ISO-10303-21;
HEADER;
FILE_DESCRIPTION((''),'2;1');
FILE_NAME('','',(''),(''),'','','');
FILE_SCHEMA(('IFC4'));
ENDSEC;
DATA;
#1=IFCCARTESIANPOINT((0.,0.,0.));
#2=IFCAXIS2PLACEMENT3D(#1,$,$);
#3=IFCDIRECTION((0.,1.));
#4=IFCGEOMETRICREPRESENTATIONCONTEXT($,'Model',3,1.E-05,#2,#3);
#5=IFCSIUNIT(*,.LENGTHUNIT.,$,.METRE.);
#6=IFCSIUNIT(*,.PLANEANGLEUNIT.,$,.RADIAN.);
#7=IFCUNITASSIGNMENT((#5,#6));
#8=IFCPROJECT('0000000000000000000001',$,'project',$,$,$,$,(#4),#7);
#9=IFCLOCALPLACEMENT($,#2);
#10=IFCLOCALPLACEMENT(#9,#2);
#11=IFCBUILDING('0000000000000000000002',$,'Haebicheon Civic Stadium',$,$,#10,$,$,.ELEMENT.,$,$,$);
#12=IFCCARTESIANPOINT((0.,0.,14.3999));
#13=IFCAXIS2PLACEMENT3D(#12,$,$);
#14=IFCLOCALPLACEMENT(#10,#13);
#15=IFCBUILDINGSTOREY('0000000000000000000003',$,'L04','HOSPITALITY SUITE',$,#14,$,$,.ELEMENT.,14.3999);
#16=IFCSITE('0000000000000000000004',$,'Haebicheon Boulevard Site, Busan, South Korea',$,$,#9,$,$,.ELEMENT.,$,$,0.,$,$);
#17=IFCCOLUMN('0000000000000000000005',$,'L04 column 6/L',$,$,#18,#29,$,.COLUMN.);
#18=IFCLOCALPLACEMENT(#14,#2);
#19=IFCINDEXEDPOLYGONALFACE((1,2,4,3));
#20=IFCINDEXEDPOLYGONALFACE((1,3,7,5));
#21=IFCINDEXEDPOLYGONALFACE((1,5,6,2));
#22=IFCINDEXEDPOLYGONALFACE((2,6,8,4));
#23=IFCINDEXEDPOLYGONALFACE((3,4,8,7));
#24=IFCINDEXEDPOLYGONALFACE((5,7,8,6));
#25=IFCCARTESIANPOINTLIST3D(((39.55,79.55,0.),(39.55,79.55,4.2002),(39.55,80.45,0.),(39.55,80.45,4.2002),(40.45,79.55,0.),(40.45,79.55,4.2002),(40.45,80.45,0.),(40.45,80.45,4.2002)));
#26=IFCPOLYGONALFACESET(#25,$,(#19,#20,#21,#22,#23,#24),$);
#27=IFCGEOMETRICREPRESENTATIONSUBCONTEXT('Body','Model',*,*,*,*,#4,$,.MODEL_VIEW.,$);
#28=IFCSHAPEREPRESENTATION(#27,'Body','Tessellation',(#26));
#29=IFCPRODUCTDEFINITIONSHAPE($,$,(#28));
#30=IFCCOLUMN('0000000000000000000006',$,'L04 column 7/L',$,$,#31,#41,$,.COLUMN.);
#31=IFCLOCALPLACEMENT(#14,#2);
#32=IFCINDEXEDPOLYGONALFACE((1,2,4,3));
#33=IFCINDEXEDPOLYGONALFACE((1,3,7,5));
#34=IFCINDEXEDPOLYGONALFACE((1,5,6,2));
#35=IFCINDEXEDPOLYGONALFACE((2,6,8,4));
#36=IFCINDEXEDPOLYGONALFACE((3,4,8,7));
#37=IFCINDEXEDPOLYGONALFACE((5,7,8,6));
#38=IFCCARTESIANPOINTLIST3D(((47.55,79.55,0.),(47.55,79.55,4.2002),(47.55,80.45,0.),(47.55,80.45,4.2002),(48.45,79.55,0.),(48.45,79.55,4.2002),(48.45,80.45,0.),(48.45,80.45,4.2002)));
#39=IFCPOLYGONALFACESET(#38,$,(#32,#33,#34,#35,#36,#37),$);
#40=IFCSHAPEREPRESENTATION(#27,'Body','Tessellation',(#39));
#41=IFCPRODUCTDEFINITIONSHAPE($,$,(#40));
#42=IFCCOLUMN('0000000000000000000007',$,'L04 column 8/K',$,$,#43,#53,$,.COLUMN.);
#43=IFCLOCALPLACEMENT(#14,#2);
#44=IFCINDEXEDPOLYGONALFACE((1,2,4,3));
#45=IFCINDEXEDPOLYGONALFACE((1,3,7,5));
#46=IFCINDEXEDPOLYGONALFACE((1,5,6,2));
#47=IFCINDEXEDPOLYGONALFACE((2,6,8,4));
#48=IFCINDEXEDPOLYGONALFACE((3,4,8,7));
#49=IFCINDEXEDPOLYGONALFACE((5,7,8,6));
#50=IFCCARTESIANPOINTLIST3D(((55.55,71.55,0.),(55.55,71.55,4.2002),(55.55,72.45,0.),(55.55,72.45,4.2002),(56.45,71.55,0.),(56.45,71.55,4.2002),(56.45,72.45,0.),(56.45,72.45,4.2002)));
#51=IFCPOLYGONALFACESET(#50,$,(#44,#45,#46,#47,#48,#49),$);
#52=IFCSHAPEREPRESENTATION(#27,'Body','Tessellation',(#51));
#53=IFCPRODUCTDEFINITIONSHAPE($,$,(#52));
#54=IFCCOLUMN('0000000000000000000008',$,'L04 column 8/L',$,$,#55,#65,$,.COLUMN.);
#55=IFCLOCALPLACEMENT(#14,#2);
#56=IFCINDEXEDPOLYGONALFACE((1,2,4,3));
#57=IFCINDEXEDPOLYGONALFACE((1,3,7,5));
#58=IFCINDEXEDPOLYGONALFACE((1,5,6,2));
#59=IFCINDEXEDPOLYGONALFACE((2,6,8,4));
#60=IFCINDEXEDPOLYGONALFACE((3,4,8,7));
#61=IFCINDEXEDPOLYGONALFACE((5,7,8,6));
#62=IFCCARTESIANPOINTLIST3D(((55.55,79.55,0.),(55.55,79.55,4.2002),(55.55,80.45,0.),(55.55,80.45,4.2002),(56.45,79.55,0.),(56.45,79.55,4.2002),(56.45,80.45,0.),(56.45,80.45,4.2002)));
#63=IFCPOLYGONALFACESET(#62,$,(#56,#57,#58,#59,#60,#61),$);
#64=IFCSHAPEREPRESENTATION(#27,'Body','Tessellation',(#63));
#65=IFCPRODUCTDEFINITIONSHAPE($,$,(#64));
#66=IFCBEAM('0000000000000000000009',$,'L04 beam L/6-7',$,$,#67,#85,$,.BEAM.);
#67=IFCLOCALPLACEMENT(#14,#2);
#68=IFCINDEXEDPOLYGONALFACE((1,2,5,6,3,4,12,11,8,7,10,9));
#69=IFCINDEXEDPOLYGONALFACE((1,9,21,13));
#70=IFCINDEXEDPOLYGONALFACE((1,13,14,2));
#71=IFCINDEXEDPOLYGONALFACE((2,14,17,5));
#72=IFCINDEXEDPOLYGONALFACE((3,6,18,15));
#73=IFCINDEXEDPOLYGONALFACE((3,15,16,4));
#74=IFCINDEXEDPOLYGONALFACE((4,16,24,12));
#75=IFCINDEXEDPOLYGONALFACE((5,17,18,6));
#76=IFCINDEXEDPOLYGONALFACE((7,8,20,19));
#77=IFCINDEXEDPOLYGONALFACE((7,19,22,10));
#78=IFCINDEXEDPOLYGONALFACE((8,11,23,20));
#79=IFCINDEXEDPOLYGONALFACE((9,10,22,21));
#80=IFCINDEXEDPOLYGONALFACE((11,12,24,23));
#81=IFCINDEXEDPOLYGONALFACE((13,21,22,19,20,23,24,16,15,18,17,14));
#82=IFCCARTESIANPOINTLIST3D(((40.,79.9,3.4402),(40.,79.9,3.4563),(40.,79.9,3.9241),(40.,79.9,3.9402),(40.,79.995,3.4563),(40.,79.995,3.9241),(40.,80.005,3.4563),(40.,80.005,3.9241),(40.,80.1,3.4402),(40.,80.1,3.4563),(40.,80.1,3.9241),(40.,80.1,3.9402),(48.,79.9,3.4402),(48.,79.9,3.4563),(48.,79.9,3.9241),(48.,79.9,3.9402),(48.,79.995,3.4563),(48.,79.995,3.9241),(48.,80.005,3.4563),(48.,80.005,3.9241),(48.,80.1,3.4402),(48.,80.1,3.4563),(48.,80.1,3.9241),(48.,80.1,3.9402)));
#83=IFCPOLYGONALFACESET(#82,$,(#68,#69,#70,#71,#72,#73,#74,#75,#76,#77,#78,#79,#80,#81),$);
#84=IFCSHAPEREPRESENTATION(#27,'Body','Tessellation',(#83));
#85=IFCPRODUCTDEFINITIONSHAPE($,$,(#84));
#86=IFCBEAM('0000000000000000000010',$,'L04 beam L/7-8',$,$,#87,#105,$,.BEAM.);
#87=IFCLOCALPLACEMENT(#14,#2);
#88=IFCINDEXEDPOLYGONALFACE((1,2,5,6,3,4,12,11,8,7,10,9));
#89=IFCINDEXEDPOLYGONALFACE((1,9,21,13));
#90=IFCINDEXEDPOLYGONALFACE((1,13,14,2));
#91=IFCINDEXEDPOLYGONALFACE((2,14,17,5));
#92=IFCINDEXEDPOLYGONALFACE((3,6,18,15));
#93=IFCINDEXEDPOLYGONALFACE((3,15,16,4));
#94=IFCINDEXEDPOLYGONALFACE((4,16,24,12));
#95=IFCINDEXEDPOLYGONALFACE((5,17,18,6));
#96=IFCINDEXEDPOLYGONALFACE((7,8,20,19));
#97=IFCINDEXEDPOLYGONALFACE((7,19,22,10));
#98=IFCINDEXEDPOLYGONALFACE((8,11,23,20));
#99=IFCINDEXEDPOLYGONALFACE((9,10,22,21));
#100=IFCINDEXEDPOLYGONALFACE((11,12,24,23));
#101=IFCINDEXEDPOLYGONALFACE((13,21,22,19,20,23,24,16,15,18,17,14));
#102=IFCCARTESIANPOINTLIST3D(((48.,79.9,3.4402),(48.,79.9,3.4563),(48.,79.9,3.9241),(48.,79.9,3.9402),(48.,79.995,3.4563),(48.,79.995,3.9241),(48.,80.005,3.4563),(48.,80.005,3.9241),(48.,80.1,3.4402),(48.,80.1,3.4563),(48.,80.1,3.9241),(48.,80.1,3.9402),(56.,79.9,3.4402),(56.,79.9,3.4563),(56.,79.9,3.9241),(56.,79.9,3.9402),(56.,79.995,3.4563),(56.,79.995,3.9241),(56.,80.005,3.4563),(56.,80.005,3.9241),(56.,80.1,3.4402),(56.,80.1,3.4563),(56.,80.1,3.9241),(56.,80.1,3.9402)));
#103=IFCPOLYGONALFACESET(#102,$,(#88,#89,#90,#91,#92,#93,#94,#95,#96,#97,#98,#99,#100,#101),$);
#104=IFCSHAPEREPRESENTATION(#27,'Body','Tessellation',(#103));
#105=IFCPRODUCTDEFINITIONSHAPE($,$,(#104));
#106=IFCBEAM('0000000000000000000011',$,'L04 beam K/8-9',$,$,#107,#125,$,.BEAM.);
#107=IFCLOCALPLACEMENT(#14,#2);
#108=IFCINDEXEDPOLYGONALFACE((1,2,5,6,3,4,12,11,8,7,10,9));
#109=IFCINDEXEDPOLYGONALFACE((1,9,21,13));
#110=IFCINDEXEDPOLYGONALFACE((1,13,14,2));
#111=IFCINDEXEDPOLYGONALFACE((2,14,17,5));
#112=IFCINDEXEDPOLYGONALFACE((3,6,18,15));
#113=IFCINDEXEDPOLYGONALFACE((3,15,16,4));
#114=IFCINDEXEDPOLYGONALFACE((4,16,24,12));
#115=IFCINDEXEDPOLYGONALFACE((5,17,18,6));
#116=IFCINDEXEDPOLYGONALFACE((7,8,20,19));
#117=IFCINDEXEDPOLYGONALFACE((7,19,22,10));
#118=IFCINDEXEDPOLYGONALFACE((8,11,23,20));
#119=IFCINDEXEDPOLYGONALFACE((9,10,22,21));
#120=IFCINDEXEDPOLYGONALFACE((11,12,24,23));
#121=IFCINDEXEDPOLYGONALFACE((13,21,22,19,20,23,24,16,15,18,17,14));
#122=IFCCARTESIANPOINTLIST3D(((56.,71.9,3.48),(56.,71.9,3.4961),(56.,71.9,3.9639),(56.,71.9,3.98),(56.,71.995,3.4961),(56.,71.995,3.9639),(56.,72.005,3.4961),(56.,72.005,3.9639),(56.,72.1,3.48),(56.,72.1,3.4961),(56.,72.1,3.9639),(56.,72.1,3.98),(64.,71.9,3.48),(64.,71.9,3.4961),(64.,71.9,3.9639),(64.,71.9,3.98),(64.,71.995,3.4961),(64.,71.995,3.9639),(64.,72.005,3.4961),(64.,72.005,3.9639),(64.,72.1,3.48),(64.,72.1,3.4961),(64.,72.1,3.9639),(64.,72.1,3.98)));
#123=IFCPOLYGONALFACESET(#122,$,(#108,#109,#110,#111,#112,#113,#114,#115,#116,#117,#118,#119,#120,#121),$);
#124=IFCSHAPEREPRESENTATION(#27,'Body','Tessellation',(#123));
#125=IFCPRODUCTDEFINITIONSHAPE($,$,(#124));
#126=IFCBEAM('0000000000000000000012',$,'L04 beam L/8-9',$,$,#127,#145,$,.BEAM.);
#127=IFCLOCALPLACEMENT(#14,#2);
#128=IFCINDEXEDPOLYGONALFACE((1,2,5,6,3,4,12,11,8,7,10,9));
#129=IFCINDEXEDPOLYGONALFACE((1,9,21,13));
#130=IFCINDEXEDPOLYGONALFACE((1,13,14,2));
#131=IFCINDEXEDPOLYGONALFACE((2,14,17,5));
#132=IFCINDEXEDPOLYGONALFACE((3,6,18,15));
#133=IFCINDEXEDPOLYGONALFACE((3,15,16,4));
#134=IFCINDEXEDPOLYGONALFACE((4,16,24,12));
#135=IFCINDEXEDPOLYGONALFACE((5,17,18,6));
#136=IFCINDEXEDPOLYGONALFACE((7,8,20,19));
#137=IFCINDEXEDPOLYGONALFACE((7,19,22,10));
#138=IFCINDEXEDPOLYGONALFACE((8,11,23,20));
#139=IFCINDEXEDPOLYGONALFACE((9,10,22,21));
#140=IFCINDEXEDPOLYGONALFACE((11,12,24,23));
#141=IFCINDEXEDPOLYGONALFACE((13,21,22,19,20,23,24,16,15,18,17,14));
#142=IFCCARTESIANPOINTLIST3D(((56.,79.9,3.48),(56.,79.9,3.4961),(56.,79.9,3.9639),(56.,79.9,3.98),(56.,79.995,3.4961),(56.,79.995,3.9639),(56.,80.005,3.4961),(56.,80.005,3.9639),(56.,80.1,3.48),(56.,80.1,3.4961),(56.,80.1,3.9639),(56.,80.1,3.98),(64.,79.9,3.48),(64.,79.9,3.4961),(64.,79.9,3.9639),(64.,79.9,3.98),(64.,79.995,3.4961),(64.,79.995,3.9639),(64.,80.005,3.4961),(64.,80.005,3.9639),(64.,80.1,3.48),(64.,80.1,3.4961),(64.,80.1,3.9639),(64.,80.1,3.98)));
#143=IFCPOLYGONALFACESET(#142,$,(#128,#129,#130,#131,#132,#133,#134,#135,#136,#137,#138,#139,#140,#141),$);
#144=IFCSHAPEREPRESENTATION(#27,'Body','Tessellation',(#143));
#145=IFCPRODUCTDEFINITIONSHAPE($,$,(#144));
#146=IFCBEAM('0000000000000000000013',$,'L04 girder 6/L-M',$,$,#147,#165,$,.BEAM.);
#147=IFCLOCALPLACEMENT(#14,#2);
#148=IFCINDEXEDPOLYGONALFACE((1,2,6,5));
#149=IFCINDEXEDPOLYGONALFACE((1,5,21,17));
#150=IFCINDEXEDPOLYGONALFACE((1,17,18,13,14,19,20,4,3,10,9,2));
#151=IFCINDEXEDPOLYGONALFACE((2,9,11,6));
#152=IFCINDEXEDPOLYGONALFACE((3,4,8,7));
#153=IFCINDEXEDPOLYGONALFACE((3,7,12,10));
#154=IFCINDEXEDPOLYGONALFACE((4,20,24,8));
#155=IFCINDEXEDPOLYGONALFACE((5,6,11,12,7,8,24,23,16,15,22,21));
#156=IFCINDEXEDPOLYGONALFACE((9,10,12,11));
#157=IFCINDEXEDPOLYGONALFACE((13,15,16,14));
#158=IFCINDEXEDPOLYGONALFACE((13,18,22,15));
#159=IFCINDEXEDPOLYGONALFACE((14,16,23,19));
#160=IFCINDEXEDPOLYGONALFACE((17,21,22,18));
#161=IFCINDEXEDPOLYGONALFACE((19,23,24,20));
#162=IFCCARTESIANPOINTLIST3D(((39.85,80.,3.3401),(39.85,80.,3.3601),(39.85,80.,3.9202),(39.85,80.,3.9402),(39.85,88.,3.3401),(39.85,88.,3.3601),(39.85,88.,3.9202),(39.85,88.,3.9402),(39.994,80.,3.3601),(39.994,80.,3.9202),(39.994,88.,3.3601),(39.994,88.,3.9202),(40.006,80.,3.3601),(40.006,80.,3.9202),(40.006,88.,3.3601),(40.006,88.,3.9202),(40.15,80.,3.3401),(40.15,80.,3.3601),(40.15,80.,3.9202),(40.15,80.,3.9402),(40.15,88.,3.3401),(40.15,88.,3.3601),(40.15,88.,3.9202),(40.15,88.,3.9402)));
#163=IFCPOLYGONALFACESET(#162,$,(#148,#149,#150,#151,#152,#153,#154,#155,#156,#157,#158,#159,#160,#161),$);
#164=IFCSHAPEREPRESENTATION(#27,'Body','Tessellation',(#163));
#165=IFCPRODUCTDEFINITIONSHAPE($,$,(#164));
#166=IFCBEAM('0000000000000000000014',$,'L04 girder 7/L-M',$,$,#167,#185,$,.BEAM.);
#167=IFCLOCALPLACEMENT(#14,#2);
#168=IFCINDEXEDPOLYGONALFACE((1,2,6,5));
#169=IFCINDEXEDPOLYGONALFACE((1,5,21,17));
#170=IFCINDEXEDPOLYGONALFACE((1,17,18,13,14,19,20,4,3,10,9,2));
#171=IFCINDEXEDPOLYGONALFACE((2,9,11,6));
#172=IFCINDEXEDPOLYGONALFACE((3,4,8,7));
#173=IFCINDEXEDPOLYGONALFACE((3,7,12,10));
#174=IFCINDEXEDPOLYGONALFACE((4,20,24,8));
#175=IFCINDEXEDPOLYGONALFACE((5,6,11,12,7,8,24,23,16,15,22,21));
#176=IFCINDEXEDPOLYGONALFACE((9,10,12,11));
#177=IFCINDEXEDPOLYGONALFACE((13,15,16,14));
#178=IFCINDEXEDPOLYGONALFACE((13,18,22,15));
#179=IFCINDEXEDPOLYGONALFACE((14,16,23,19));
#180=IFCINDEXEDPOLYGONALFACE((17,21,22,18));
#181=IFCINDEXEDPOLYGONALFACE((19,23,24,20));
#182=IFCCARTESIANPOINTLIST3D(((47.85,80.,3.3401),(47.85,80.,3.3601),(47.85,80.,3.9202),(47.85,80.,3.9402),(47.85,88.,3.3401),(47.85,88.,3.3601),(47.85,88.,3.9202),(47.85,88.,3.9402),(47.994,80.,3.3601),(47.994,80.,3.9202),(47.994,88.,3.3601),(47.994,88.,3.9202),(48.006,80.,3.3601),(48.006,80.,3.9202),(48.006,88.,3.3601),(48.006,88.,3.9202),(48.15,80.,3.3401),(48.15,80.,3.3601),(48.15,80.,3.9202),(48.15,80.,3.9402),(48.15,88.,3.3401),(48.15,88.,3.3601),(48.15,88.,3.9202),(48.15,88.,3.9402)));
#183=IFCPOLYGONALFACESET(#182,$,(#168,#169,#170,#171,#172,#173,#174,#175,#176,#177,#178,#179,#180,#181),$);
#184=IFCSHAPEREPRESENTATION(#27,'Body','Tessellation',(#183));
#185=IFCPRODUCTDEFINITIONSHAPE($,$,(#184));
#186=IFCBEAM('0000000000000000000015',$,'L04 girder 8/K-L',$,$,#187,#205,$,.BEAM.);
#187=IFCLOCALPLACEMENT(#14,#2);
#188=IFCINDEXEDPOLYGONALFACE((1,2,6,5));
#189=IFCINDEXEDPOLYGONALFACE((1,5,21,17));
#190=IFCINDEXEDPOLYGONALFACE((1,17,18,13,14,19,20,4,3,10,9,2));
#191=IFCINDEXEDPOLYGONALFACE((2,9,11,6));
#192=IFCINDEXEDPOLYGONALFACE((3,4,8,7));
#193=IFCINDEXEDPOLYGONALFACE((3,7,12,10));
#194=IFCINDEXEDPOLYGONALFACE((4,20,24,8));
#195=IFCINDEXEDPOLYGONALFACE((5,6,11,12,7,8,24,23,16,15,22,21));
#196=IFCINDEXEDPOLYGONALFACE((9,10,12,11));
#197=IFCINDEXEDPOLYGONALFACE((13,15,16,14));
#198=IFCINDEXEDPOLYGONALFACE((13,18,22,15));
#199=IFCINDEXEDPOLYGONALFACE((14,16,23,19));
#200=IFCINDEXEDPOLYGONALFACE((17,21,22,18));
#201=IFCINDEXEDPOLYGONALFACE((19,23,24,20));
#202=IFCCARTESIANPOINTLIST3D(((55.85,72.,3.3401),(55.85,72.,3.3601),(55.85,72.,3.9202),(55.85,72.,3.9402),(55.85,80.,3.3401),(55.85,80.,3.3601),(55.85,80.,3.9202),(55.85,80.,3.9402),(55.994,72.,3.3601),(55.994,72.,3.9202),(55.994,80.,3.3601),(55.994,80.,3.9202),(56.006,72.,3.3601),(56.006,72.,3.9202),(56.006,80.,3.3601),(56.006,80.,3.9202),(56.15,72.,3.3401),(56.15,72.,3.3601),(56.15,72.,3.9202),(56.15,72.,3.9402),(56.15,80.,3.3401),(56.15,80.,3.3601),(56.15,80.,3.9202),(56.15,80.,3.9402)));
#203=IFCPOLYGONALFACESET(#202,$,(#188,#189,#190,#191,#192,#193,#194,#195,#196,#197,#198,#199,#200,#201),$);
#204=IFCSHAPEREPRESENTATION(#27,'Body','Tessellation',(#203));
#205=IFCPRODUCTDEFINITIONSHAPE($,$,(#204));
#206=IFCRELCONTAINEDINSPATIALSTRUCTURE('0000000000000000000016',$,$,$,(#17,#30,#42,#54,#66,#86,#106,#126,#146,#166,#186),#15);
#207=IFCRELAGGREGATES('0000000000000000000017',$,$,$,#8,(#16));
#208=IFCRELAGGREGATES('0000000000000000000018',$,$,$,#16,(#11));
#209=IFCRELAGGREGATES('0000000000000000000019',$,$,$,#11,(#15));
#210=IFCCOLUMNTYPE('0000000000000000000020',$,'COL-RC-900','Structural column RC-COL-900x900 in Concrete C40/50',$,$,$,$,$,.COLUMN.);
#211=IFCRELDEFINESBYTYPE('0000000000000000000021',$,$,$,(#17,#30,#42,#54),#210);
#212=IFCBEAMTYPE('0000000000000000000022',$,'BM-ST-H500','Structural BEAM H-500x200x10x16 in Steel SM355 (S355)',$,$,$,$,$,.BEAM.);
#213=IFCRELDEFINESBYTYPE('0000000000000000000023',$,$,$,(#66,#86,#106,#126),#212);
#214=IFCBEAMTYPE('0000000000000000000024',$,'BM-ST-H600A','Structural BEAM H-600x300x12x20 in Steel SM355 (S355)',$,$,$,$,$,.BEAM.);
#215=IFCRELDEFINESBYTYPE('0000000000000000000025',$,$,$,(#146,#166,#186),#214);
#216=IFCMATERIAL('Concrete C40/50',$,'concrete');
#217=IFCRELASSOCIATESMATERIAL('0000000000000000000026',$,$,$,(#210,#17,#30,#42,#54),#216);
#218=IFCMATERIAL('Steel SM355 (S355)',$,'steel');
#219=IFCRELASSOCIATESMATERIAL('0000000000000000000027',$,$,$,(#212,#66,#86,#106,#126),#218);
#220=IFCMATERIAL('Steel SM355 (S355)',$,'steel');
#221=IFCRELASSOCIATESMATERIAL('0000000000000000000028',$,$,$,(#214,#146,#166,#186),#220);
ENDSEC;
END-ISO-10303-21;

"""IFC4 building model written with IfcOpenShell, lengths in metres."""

from ifc_helpers import new_model, si_unit, direction, frame, origin, origin_2d, place, context, subcontext, project, spatial, rectangle, i_section, extrude, material, material_profile, profile_set, type_object, element, save


model = new_model("IFC4")

# Units and contexts
model_context = context("Model", 3, precision=1e-05, world=origin(), true_north=direction((0.0, 1.0)))
body_context = subcontext(model_context, "Body", "Model", "MODEL_VIEW")
ifc_project = project(units=[si_unit("LENGTHUNIT", "METRE"), si_unit("PLANEANGLEUNIT", "RADIAN")], contexts=[model_context])

# Site, building, storey
site_placement = place(None, origin())
site = spatial("IfcSite", under=ifc_project, at=site_placement, Name="Haebicheon Boulevard Site, Busan, South Korea", CompositionType="ELEMENT", RefElevation=0.0)
building_placement = place(site_placement, origin())
building = spatial("IfcBuilding", under=site, at=building_placement, Name="Haebicheon Civic Stadium", CompositionType="ELEMENT")
storey_placement = place(building_placement, frame((0.0, 0.0, 14.3999)))
storey = spatial("IfcBuildingStorey", under=building, at=storey_placement, Name="L04", Description="HOSPITALITY SUITE", CompositionType="ELEMENT", Elevation=14.3999)

# Columns
ifc_material_1 = material(Name="Concrete C40/50", Category="concrete")
ifc_material_profile_1 = material_profile(ifc_material_1, rectangle(XDim=0.8999, YDim=0.8999, at=origin_2d()), Name="RC-COL-900x900")
ifc_profile_set_1 = profile_set([ifc_material_profile_1], Name="Concrete C40/50")
column_type = type_object("IfcColumnType", Name="COL-RC-900", Description="Structural column RC-COL-900x900 in Concrete C40/50", PredefinedType="COLUMN", material=ifc_profile_set_1)
for number, where, z_axis, x_axis, name in (
    (1, (40.0, 80.0, 0.0), (0.0, 0.0, 1.0), (1.0, 0.0, 0.0), "L04 column 6/L"),
    (2, (48.0, 80.0, 0.0), (0.0, 0.0, 1.0), (1.0, 0.0, 0.0), "L04 column 7/L"),
    (3, (56.0, 72.0, 0.0), (0.0, 0.0, 1.0), (1.0, 0.0, 0.0), "L04 column 8/K"),
    (4, (56.0, 80.0, 0.0), (0.0, 0.0, 1.0), (1.0, 0.0, 0.0), "L04 column 8/L"),
):
    element("IfcColumn", number, at=place(storey_placement, frame(where, z_axis=z_axis, x_axis=x_axis)), inside=storey, type_object=column_type, material=ifc_profile_set_1, Name=name, PredefinedType="COLUMN", context=body_context, shape_type="SweptSolid", body=[
        extrude(rectangle(XDim=0.8999, YDim=0.8999, at=origin_2d()), origin(), (0.0, 0.0, 1.0), 4.2002),
    ])

# Beams
ifc_material_2 = material(Name="Steel SM355 (S355)", Category="steel")
ifc_material_profile_2 = material_profile(ifc_material_2, i_section(OverallWidth=0.2, OverallDepth=0.5, WebThickness=0.01, FlangeThickness=0.0161, at=origin_2d()), Name="H-500x200x10x16")
ifc_profile_set_2 = profile_set([ifc_material_profile_2], Name="Steel SM355 (S355)")
beam_type_1 = type_object("IfcBeamType", Name="BM-ST-H500", Description="Structural BEAM H-500x200x10x16 in Steel SM355 (S355)", PredefinedType="BEAM", material=ifc_profile_set_2)
for number, where, z_axis, x_axis, name in (
    (5, (40.0, 80.0, 3.6902), (1.0, 0.0, 0.0), (0.0, 1.0, 0.0), "L04 beam L/6-7"),
    (6, (48.0, 80.0, 3.6902), (1.0, 0.0, 0.0), (0.0, 1.0, 0.0), "L04 beam L/7-8"),
    (7, (56.0, 72.0, 3.73), (1.0, 0.0, 0.0), (0.0, 1.0, 0.0), "L04 beam K/8-9"),
    (8, (56.0, 80.0, 3.73), (1.0, 0.0, 0.0), (0.0, 1.0, 0.0), "L04 beam L/8-9"),
):
    element("IfcBeam", number, at=place(storey_placement, frame(where, z_axis=z_axis, x_axis=x_axis)), inside=storey, type_object=beam_type_1, material=ifc_profile_set_2, Name=name, PredefinedType="BEAM", context=body_context, shape_type="SweptSolid", body=[
        extrude(i_section(OverallWidth=0.2, OverallDepth=0.5, WebThickness=0.01, FlangeThickness=0.0161, at=origin_2d()), origin(), (0.0, 0.0, 1.0), 8.0),
    ])
ifc_material_3 = material(Name="Steel SM355 (S355)", Category="steel")
ifc_material_profile_3 = material_profile(ifc_material_3, i_section(OverallWidth=0.3, OverallDepth=0.6001, WebThickness=0.012, FlangeThickness=0.02, at=origin_2d()), Name="H-600x300x12x20")
ifc_profile_set_3 = profile_set([ifc_material_profile_3], Name="Steel SM355 (S355)")
beam_type_2 = type_object("IfcBeamType", Name="BM-ST-H600A", Description="Structural BEAM H-600x300x12x20 in Steel SM355 (S355)", PredefinedType="BEAM", material=ifc_profile_set_3)
for number, where, z_axis, x_axis, name in (
    (9, (40.0, 80.0, 3.6401), (0.0, 1.0, 0.0), (-1.0, 0.0, 0.0), "L04 girder 6/L-M"),
    (10, (48.0, 80.0, 3.6401), (0.0, 1.0, 0.0), (-1.0, 0.0, 0.0), "L04 girder 7/L-M"),
    (11, (56.0, 72.0, 3.6401), (0.0, 1.0, 0.0), (-1.0, 0.0, 0.0), "L04 girder 8/K-L"),
):
    element("IfcBeam", number, at=place(storey_placement, frame(where, z_axis=z_axis, x_axis=x_axis)), inside=storey, type_object=beam_type_2, material=ifc_profile_set_3, Name=name, PredefinedType="BEAM", context=body_context, shape_type="SweptSolid", body=[
        extrude(i_section(OverallWidth=0.3, OverallDepth=0.6001, WebThickness=0.012, FlangeThickness=0.02, at=origin_2d()), origin(), (0.0, 0.0, 1.0), 8.0),
    ])

save(model, "model.ifc")
